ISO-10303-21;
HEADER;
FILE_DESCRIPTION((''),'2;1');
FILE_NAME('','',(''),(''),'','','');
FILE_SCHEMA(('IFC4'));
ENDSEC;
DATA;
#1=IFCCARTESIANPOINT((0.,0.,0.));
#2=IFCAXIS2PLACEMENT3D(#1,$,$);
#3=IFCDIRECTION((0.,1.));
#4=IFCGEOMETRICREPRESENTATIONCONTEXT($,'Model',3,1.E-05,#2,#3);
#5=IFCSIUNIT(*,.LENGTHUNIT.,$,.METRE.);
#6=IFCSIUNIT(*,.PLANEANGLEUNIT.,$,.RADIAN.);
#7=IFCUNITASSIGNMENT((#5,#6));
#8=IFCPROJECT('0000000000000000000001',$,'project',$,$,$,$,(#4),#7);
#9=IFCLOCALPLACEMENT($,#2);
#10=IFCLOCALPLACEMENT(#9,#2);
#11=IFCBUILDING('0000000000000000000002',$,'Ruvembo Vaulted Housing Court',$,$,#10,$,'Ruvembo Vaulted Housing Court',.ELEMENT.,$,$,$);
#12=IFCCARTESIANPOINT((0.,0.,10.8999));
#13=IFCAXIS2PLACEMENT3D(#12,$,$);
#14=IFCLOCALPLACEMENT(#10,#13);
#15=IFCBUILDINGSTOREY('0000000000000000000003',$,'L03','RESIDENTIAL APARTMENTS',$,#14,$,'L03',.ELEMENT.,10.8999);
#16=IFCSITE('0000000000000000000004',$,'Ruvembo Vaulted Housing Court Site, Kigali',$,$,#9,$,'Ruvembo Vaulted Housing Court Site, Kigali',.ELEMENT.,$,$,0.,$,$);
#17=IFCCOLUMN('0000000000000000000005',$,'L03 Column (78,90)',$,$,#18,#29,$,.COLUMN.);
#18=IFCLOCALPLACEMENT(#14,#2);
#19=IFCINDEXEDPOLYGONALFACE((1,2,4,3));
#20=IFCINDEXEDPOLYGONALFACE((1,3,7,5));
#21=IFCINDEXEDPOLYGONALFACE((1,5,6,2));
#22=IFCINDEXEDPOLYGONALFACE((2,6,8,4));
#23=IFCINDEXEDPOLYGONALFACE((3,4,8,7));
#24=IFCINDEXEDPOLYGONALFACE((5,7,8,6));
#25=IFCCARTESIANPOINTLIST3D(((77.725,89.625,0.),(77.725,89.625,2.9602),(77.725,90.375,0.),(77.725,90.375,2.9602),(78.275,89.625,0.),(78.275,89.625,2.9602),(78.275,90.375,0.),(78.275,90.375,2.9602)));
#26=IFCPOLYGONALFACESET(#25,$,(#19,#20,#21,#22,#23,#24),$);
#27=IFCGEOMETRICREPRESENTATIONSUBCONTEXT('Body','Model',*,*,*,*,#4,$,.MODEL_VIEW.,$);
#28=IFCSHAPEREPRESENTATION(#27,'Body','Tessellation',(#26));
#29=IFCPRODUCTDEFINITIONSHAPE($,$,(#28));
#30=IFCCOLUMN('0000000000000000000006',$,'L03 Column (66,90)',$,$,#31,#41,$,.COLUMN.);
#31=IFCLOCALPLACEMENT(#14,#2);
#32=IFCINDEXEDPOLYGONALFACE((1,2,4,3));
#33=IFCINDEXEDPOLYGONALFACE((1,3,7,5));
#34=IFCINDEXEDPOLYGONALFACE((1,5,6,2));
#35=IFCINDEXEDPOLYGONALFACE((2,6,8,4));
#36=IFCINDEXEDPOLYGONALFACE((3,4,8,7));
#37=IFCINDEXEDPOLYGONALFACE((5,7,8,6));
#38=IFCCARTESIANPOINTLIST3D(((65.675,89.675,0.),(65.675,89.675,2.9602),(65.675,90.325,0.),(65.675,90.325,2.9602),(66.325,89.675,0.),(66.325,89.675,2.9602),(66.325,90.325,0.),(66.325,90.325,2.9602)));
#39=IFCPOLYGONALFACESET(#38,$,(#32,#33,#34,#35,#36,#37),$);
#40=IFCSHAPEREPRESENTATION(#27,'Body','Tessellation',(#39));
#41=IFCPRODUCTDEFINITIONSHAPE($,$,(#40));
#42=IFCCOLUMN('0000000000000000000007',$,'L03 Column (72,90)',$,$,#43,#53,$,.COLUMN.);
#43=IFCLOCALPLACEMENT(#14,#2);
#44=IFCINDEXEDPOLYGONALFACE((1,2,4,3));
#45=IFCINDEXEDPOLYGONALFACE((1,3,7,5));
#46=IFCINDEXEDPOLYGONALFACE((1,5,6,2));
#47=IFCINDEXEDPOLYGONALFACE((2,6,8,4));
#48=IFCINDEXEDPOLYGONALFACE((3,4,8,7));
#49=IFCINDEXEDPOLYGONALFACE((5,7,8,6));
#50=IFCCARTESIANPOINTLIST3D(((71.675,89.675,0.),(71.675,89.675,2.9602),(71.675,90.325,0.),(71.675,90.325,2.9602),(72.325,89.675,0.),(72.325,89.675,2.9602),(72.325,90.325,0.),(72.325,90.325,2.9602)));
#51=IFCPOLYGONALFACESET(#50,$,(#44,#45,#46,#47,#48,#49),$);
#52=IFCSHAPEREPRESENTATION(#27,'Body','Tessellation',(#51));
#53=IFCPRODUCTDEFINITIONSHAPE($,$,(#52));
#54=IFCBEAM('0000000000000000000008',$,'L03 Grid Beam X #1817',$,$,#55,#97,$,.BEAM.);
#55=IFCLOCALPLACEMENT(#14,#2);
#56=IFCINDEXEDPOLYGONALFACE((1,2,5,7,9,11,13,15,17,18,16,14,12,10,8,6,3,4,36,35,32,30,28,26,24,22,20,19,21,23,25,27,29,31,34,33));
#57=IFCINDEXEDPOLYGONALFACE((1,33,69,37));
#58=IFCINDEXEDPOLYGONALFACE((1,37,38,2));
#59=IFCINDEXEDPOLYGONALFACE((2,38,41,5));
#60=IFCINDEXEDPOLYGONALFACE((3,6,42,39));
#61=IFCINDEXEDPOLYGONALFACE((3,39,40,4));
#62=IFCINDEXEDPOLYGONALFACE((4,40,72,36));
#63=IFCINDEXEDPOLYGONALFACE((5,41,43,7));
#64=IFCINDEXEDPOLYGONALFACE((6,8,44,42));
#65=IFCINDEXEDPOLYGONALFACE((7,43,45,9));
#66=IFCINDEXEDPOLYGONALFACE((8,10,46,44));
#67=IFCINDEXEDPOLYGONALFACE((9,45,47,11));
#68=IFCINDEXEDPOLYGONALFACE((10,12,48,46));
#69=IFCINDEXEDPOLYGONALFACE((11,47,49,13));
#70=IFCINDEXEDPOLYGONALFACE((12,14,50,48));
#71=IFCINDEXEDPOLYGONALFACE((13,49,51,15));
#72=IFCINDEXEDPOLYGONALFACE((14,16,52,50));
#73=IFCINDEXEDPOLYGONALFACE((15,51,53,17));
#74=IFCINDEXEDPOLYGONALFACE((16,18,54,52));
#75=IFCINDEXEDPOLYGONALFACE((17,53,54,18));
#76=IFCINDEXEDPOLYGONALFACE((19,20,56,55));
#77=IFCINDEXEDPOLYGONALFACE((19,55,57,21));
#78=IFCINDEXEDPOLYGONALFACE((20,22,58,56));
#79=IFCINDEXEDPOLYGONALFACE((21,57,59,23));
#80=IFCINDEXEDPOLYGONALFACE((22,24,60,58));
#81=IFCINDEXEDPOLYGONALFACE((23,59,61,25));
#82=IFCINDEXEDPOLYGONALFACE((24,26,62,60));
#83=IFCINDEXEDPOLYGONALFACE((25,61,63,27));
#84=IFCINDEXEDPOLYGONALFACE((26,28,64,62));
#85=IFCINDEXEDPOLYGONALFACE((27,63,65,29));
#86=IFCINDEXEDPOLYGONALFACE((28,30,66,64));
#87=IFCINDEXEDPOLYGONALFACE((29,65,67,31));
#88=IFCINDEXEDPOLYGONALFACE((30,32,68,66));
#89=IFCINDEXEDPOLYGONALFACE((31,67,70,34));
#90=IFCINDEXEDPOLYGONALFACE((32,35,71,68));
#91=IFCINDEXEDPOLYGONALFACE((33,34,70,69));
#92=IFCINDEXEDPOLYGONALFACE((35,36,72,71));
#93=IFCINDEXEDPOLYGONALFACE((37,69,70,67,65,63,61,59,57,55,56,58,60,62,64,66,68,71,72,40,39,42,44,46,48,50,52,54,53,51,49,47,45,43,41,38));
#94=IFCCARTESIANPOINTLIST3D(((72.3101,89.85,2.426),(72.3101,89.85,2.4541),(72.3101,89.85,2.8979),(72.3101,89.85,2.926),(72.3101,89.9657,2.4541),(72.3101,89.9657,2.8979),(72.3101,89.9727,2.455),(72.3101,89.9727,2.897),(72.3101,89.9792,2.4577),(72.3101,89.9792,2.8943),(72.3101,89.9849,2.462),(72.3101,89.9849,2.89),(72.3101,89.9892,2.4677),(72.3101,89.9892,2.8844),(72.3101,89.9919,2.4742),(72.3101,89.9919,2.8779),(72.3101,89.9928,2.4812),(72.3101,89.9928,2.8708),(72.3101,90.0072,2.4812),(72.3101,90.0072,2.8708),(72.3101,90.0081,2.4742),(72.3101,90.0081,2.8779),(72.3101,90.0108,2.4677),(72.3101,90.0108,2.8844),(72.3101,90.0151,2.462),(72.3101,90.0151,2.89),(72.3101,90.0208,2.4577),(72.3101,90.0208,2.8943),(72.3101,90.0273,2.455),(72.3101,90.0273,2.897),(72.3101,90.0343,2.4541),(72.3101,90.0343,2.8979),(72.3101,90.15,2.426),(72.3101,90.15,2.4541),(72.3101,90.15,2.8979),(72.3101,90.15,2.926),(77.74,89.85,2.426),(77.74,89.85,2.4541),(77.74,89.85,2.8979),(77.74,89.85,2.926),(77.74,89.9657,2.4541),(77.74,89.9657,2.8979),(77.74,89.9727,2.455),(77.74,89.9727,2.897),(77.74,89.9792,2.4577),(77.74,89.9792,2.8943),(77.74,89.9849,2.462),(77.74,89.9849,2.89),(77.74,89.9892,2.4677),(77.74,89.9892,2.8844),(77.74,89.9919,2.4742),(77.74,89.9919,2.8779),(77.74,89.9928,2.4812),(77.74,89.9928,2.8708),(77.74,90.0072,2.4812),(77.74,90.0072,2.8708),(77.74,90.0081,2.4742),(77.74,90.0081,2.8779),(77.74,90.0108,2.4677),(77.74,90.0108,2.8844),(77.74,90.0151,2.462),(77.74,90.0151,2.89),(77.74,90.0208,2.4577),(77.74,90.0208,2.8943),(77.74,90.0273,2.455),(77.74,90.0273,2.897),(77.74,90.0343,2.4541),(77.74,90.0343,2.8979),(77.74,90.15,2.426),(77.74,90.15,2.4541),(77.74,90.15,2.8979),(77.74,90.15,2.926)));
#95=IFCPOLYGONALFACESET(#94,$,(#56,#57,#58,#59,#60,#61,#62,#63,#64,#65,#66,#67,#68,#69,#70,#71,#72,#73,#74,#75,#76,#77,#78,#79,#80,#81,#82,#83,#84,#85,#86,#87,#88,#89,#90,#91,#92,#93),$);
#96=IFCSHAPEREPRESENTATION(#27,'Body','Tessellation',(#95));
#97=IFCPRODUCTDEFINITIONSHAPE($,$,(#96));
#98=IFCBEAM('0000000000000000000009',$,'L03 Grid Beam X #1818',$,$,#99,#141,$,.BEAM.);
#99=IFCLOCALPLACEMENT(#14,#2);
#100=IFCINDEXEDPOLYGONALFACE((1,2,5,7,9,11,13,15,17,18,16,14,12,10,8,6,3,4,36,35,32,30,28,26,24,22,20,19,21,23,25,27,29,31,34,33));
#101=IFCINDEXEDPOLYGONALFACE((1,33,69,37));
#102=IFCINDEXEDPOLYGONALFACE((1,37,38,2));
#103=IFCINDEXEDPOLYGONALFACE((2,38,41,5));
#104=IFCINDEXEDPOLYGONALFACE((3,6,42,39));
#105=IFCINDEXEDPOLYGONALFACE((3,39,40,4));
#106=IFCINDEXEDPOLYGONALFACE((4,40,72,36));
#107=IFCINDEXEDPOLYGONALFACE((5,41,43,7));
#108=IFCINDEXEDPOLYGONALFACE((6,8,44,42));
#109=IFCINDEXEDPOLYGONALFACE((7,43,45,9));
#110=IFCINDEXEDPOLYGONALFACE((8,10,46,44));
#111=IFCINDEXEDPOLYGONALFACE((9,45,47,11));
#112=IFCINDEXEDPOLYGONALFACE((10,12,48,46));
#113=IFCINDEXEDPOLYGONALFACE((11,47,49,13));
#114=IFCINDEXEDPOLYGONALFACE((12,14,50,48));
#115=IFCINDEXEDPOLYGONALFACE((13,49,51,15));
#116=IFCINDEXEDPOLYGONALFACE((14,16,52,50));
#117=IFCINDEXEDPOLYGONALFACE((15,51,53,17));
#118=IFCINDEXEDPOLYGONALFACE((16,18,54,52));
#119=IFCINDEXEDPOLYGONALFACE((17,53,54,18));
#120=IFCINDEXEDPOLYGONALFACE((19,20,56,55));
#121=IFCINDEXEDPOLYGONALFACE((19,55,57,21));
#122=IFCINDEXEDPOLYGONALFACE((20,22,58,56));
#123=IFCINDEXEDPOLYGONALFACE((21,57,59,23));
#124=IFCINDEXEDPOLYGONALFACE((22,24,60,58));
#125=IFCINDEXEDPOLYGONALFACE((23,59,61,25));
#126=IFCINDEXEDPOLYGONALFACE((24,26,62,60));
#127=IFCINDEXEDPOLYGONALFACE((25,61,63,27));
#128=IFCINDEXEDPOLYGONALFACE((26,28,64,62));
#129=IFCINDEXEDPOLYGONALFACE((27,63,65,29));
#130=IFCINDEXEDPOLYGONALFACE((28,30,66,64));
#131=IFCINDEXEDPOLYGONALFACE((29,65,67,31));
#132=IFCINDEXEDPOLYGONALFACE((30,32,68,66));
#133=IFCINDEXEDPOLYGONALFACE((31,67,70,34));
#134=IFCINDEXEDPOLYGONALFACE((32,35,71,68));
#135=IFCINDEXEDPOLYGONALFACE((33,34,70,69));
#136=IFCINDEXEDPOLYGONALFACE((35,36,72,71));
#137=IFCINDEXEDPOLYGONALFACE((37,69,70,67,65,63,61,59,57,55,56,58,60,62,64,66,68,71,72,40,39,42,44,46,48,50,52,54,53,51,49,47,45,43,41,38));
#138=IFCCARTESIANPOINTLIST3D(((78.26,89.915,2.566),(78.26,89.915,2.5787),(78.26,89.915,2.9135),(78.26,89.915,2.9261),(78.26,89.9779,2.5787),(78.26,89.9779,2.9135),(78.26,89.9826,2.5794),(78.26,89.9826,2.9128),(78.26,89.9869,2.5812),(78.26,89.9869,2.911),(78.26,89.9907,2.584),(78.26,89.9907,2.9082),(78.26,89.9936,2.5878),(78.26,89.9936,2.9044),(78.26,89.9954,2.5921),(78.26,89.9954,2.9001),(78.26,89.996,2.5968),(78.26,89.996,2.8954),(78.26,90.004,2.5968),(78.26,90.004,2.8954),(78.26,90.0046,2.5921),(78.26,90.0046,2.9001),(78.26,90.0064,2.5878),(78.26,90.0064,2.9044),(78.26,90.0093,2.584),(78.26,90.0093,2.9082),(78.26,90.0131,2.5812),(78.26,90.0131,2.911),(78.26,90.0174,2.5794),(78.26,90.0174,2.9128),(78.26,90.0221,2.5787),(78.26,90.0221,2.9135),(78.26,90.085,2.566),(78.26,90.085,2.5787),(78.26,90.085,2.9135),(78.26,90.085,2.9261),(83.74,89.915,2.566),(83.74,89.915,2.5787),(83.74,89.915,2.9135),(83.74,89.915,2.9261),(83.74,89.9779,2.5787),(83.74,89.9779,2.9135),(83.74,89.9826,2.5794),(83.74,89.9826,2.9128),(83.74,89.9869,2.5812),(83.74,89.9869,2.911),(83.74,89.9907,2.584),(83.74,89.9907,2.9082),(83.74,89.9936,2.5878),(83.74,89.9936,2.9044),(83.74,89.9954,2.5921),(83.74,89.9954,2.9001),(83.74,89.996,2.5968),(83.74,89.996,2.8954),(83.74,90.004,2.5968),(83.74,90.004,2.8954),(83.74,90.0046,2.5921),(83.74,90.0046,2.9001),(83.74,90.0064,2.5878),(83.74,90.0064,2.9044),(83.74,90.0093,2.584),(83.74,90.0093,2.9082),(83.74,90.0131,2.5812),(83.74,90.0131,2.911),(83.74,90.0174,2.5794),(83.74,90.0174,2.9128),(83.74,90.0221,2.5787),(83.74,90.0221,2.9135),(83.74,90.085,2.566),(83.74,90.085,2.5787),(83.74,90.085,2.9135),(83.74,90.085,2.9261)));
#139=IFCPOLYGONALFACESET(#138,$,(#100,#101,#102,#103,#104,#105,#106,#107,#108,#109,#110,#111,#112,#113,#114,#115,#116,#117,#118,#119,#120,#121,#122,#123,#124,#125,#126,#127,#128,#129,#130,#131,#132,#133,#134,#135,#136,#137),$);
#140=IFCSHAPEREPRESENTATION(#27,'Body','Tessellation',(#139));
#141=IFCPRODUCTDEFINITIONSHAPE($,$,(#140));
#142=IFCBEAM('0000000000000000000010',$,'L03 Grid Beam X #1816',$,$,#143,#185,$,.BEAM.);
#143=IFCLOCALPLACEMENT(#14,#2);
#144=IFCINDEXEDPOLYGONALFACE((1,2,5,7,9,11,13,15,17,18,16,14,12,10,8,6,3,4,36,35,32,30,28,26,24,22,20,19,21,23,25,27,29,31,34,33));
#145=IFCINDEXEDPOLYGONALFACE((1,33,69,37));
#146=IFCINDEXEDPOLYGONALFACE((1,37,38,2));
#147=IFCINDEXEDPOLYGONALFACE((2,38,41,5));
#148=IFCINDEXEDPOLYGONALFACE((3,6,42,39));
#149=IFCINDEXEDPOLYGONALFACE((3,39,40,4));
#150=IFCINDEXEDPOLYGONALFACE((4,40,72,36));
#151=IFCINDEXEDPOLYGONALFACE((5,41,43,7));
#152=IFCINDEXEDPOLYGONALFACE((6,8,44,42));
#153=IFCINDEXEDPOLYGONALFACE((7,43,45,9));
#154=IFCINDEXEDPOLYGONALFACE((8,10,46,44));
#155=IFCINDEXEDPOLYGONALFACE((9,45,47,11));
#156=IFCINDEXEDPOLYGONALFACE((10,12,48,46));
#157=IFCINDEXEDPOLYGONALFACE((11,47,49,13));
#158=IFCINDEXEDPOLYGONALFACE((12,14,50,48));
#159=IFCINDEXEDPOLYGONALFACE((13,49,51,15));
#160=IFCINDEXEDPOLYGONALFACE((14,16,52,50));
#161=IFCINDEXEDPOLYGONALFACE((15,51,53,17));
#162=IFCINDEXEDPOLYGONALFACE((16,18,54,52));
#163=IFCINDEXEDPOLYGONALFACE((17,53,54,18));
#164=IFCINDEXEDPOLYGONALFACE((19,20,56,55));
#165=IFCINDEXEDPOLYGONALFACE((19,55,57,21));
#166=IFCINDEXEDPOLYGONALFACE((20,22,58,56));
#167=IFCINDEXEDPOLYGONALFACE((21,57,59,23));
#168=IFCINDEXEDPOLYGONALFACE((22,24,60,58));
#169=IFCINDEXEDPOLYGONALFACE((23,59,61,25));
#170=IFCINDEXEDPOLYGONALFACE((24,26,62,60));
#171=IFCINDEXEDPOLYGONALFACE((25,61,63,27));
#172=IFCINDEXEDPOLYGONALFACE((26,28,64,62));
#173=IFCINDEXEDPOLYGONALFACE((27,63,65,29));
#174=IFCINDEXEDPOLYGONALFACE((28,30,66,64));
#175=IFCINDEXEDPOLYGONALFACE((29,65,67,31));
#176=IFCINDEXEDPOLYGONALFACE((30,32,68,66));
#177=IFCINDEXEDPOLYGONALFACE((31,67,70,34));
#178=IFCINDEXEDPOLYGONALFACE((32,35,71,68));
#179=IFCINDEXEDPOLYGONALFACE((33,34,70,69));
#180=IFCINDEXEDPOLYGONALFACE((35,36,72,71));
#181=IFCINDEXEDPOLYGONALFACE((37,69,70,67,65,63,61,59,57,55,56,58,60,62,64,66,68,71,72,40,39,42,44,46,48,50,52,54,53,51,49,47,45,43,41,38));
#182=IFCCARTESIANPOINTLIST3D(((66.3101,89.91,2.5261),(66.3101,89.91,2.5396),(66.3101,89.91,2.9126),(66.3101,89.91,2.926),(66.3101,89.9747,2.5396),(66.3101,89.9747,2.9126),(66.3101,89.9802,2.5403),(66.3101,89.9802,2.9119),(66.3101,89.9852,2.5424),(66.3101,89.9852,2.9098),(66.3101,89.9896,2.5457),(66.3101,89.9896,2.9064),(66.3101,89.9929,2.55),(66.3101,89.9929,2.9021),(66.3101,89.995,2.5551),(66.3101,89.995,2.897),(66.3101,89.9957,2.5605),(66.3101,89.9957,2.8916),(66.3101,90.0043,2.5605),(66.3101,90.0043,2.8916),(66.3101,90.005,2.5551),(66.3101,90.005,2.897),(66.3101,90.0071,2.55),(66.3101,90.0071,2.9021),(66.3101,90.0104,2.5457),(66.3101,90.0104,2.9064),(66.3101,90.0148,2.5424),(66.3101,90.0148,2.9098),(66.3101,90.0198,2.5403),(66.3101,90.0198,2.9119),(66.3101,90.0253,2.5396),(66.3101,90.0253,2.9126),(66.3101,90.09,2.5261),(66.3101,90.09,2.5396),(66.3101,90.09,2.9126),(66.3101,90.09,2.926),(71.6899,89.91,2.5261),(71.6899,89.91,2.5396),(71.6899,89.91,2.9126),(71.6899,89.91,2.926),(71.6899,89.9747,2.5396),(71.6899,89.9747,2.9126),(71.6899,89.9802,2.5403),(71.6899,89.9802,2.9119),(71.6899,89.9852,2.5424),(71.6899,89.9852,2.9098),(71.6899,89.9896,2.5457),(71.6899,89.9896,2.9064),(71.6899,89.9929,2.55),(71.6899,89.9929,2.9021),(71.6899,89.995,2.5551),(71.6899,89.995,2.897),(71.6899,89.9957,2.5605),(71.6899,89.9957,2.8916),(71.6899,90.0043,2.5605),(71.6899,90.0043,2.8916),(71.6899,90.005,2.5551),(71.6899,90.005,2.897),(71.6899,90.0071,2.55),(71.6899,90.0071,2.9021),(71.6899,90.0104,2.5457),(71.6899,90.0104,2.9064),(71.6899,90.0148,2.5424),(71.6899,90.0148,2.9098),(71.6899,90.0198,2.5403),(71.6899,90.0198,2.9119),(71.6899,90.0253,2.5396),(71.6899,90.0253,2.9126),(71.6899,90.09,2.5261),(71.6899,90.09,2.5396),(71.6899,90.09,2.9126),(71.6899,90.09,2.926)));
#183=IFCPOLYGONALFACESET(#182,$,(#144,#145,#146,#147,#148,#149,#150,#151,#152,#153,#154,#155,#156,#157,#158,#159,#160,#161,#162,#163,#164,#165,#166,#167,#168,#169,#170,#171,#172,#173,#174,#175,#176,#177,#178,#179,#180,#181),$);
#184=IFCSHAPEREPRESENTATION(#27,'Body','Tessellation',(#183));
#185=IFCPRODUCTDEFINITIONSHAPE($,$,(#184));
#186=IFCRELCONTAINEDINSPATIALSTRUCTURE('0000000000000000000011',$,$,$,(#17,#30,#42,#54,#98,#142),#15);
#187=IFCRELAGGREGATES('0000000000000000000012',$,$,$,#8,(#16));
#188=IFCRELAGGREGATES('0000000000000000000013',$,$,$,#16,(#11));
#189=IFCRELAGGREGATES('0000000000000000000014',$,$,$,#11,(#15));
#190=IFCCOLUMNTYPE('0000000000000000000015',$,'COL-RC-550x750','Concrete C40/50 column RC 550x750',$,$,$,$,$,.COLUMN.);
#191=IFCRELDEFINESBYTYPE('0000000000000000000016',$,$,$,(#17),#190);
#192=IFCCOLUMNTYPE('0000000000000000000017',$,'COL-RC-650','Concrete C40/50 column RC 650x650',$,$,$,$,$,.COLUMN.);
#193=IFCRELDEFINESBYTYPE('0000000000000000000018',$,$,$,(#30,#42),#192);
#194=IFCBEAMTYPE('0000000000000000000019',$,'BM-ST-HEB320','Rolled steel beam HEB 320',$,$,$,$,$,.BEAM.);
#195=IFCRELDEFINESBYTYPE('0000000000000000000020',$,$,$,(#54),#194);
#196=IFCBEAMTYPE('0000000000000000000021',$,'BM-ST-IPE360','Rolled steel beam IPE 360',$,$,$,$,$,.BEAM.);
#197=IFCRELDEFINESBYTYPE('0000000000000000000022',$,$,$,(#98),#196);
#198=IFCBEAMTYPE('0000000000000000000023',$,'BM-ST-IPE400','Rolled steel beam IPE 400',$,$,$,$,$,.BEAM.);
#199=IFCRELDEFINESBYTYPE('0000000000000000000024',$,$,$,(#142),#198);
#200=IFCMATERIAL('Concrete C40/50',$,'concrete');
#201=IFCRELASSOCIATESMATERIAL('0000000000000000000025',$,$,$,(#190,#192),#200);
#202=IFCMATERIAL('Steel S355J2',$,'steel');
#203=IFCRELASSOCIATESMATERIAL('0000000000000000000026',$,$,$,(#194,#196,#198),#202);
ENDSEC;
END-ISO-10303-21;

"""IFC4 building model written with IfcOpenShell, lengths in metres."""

from ifc_helpers import new_model, si_unit, direction, frame, origin, origin_2d, place, context, subcontext, project, spatial, rectangle, i_section, extrude, material, material_profile, profile_set, type_object, element, save


model = new_model("IFC4")

# Units and contexts
model_context = context("Model", 3, precision=1e-05, world=origin(), true_north=direction((0.0, 1.0)))
body_context = subcontext(model_context, "Body", "Model", "MODEL_VIEW")
ifc_project = project(units=[si_unit("LENGTHUNIT", "METRE"), si_unit("PLANEANGLEUNIT", "RADIAN")], contexts=[model_context])

# Site, building, storey
site_placement = place(None, origin())
site = spatial("IfcSite", under=ifc_project, at=site_placement, Name="Ruvembo Vaulted Housing Court Site, Kigali", LongName="Ruvembo Vaulted Housing Court Site, Kigali", CompositionType="ELEMENT", RefElevation=0.0)
building_placement = place(site_placement, origin())
building = spatial("IfcBuilding", under=site, at=building_placement, Name="Ruvembo Vaulted Housing Court", LongName="Ruvembo Vaulted Housing Court", CompositionType="ELEMENT")
storey_placement = place(building_placement, frame((0.0, 0.0, 10.8999)))
storey = spatial("IfcBuildingStorey", under=building, at=storey_placement, Name="L03", Description="RESIDENTIAL APARTMENTS", LongName="L03", CompositionType="ELEMENT", Elevation=10.8999)

# Columns
ifc_material_1 = material(Name="Concrete C40/50", Category="concrete")
ifc_material_profile_1 = material_profile(ifc_material_1, rectangle(XDim=0.55, YDim=0.75, at=origin_2d()), Name="RC 550x750")
ifc_profile_set_1 = profile_set([ifc_material_profile_1], Name="Concrete C40/50")
column_type_1 = type_object("IfcColumnType", Name="COL-RC-550x750", Description="Concrete C40/50 column RC 550x750", PredefinedType="COLUMN", material=ifc_profile_set_1)
column_placement = place(storey_placement, frame((78.0, 90.0, 0.0), z_axis=(0.0, 0.0, 1.0), x_axis=(1.0, 0.0, 0.0)))
element("IfcColumn", 1, at=column_placement, inside=storey, type_object=column_type_1, Name="L03 Column (78,90)", PredefinedType="COLUMN", context=body_context, shape_type="SweptSolid", body=[
    extrude(rectangle(XDim=0.55, YDim=0.75, at=origin_2d()), origin(), (0.0, 0.0, 1.0), 2.9602),
])
ifc_material_profile_2 = material_profile(ifc_material_1, rectangle(XDim=0.6499, YDim=0.6499, at=origin_2d()), Name="RC 650x650")
ifc_profile_set_2 = profile_set([ifc_material_profile_2], Name="Concrete C40/50")
column_type_2 = type_object("IfcColumnType", Name="COL-RC-650", Description="Concrete C40/50 column RC 650x650", PredefinedType="COLUMN", material=ifc_profile_set_2)
for number, where, z_axis, x_axis, name in (
    (2, (66.0, 90.0, 0.0), (0.0, 0.0, 1.0), (1.0, 0.0, 0.0), "L03 Column (66,90)"),
    (3, (72.0, 90.0, 0.0), (0.0, 0.0, 1.0), (1.0, 0.0, 0.0), "L03 Column (72,90)"),
):
    element("IfcColumn", number, at=place(storey_placement, frame(where, z_axis=z_axis, x_axis=x_axis)), inside=storey, type_object=column_type_2, Name=name, PredefinedType="COLUMN", context=body_context, shape_type="SweptSolid", body=[
        extrude(rectangle(XDim=0.6499, YDim=0.6499, at=origin_2d()), origin(), (0.0, 0.0, 1.0), 2.9602),
    ])

# Beams
ifc_material_2 = material(Name="Steel S355J2", Category="steel")
ifc_material_profile_3 = material_profile(ifc_material_2, i_section(OverallWidth=0.3, OverallDepth=0.5, WebThickness=0.0144, FlangeThickness=0.0281, FilletRadius=0.0271, at=origin_2d()), Name="HEB 320")
ifc_profile_set_3 = profile_set([ifc_material_profile_3], Name="Steel S355J2")
beam_type_1 = type_object("IfcBeamType", Name="BM-ST-HEB320", Description="Rolled steel beam HEB 320", PredefinedType="BEAM", material=ifc_profile_set_3)
beam_1_placement = place(storey_placement, frame((72.3101, 90.0, 2.676), z_axis=(1.0, 0.0, 0.0), x_axis=(0.0, 1.0, 0.0)))
element("IfcBeam", 4, at=beam_1_placement, inside=storey, type_object=beam_type_1, Name="L03 Grid Beam X #1817", PredefinedType="BEAM", context=body_context, shape_type="SweptSolid", body=[
    extrude(i_section(OverallWidth=0.3, OverallDepth=0.5, WebThickness=0.0144, FlangeThickness=0.0281, FilletRadius=0.0271, at=origin_2d()), origin(), (0.0, 0.0, 1.0), 5.4299),
])
ifc_material_profile_4 = material_profile(ifc_material_2, i_section(OverallWidth=0.1699, OverallDepth=0.3601, WebThickness=0.0081, FlangeThickness=0.0127, FilletRadius=0.0181, at=origin_2d()), Name="IPE 360")
ifc_profile_set_4 = profile_set([ifc_material_profile_4], Name="Steel S355J2")
beam_type_2 = type_object("IfcBeamType", Name="BM-ST-IPE360", Description="Rolled steel beam IPE 360", PredefinedType="BEAM", material=ifc_profile_set_4)
beam_2_placement = place(storey_placement, frame((78.26, 90.0, 2.7461), z_axis=(1.0, 0.0, 0.0), x_axis=(0.0, 1.0, 0.0)))
element("IfcBeam", 5, at=beam_2_placement, inside=storey, type_object=beam_type_2, Name="L03 Grid Beam X #1818", PredefinedType="BEAM", context=body_context, shape_type="SweptSolid", body=[
    extrude(i_section(OverallWidth=0.1699, OverallDepth=0.3601, WebThickness=0.0081, FlangeThickness=0.0127, FilletRadius=0.0181, at=origin_2d()), origin(), (0.0, 0.0, 1.0), 5.48),
])
ifc_material_profile_5 = material_profile(ifc_material_2, i_section(OverallWidth=0.1799, OverallDepth=0.3999, WebThickness=0.0085, FlangeThickness=0.0134, FilletRadius=0.021, at=origin_2d()), Name="IPE 400")
ifc_profile_set_5 = profile_set([ifc_material_profile_5], Name="Steel S355J2")
beam_type_3 = type_object("IfcBeamType", Name="BM-ST-IPE400", Description="Rolled steel beam IPE 400", PredefinedType="BEAM", material=ifc_profile_set_5)
beam_3_placement = place(storey_placement, frame((66.3101, 90.0, 2.7261), z_axis=(1.0, 0.0, 0.0), x_axis=(0.0, 1.0, 0.0)))
element("IfcBeam", 6, at=beam_3_placement, inside=storey, type_object=beam_type_3, Name="L03 Grid Beam X #1816", PredefinedType="BEAM", context=body_context, shape_type="SweptSolid", body=[
    extrude(i_section(OverallWidth=0.1799, OverallDepth=0.3999, WebThickness=0.0085, FlangeThickness=0.0134, FilletRadius=0.021, at=origin_2d()), origin(), (0.0, 0.0, 1.0), 5.3799),
])

save(model, "model.ifc")
